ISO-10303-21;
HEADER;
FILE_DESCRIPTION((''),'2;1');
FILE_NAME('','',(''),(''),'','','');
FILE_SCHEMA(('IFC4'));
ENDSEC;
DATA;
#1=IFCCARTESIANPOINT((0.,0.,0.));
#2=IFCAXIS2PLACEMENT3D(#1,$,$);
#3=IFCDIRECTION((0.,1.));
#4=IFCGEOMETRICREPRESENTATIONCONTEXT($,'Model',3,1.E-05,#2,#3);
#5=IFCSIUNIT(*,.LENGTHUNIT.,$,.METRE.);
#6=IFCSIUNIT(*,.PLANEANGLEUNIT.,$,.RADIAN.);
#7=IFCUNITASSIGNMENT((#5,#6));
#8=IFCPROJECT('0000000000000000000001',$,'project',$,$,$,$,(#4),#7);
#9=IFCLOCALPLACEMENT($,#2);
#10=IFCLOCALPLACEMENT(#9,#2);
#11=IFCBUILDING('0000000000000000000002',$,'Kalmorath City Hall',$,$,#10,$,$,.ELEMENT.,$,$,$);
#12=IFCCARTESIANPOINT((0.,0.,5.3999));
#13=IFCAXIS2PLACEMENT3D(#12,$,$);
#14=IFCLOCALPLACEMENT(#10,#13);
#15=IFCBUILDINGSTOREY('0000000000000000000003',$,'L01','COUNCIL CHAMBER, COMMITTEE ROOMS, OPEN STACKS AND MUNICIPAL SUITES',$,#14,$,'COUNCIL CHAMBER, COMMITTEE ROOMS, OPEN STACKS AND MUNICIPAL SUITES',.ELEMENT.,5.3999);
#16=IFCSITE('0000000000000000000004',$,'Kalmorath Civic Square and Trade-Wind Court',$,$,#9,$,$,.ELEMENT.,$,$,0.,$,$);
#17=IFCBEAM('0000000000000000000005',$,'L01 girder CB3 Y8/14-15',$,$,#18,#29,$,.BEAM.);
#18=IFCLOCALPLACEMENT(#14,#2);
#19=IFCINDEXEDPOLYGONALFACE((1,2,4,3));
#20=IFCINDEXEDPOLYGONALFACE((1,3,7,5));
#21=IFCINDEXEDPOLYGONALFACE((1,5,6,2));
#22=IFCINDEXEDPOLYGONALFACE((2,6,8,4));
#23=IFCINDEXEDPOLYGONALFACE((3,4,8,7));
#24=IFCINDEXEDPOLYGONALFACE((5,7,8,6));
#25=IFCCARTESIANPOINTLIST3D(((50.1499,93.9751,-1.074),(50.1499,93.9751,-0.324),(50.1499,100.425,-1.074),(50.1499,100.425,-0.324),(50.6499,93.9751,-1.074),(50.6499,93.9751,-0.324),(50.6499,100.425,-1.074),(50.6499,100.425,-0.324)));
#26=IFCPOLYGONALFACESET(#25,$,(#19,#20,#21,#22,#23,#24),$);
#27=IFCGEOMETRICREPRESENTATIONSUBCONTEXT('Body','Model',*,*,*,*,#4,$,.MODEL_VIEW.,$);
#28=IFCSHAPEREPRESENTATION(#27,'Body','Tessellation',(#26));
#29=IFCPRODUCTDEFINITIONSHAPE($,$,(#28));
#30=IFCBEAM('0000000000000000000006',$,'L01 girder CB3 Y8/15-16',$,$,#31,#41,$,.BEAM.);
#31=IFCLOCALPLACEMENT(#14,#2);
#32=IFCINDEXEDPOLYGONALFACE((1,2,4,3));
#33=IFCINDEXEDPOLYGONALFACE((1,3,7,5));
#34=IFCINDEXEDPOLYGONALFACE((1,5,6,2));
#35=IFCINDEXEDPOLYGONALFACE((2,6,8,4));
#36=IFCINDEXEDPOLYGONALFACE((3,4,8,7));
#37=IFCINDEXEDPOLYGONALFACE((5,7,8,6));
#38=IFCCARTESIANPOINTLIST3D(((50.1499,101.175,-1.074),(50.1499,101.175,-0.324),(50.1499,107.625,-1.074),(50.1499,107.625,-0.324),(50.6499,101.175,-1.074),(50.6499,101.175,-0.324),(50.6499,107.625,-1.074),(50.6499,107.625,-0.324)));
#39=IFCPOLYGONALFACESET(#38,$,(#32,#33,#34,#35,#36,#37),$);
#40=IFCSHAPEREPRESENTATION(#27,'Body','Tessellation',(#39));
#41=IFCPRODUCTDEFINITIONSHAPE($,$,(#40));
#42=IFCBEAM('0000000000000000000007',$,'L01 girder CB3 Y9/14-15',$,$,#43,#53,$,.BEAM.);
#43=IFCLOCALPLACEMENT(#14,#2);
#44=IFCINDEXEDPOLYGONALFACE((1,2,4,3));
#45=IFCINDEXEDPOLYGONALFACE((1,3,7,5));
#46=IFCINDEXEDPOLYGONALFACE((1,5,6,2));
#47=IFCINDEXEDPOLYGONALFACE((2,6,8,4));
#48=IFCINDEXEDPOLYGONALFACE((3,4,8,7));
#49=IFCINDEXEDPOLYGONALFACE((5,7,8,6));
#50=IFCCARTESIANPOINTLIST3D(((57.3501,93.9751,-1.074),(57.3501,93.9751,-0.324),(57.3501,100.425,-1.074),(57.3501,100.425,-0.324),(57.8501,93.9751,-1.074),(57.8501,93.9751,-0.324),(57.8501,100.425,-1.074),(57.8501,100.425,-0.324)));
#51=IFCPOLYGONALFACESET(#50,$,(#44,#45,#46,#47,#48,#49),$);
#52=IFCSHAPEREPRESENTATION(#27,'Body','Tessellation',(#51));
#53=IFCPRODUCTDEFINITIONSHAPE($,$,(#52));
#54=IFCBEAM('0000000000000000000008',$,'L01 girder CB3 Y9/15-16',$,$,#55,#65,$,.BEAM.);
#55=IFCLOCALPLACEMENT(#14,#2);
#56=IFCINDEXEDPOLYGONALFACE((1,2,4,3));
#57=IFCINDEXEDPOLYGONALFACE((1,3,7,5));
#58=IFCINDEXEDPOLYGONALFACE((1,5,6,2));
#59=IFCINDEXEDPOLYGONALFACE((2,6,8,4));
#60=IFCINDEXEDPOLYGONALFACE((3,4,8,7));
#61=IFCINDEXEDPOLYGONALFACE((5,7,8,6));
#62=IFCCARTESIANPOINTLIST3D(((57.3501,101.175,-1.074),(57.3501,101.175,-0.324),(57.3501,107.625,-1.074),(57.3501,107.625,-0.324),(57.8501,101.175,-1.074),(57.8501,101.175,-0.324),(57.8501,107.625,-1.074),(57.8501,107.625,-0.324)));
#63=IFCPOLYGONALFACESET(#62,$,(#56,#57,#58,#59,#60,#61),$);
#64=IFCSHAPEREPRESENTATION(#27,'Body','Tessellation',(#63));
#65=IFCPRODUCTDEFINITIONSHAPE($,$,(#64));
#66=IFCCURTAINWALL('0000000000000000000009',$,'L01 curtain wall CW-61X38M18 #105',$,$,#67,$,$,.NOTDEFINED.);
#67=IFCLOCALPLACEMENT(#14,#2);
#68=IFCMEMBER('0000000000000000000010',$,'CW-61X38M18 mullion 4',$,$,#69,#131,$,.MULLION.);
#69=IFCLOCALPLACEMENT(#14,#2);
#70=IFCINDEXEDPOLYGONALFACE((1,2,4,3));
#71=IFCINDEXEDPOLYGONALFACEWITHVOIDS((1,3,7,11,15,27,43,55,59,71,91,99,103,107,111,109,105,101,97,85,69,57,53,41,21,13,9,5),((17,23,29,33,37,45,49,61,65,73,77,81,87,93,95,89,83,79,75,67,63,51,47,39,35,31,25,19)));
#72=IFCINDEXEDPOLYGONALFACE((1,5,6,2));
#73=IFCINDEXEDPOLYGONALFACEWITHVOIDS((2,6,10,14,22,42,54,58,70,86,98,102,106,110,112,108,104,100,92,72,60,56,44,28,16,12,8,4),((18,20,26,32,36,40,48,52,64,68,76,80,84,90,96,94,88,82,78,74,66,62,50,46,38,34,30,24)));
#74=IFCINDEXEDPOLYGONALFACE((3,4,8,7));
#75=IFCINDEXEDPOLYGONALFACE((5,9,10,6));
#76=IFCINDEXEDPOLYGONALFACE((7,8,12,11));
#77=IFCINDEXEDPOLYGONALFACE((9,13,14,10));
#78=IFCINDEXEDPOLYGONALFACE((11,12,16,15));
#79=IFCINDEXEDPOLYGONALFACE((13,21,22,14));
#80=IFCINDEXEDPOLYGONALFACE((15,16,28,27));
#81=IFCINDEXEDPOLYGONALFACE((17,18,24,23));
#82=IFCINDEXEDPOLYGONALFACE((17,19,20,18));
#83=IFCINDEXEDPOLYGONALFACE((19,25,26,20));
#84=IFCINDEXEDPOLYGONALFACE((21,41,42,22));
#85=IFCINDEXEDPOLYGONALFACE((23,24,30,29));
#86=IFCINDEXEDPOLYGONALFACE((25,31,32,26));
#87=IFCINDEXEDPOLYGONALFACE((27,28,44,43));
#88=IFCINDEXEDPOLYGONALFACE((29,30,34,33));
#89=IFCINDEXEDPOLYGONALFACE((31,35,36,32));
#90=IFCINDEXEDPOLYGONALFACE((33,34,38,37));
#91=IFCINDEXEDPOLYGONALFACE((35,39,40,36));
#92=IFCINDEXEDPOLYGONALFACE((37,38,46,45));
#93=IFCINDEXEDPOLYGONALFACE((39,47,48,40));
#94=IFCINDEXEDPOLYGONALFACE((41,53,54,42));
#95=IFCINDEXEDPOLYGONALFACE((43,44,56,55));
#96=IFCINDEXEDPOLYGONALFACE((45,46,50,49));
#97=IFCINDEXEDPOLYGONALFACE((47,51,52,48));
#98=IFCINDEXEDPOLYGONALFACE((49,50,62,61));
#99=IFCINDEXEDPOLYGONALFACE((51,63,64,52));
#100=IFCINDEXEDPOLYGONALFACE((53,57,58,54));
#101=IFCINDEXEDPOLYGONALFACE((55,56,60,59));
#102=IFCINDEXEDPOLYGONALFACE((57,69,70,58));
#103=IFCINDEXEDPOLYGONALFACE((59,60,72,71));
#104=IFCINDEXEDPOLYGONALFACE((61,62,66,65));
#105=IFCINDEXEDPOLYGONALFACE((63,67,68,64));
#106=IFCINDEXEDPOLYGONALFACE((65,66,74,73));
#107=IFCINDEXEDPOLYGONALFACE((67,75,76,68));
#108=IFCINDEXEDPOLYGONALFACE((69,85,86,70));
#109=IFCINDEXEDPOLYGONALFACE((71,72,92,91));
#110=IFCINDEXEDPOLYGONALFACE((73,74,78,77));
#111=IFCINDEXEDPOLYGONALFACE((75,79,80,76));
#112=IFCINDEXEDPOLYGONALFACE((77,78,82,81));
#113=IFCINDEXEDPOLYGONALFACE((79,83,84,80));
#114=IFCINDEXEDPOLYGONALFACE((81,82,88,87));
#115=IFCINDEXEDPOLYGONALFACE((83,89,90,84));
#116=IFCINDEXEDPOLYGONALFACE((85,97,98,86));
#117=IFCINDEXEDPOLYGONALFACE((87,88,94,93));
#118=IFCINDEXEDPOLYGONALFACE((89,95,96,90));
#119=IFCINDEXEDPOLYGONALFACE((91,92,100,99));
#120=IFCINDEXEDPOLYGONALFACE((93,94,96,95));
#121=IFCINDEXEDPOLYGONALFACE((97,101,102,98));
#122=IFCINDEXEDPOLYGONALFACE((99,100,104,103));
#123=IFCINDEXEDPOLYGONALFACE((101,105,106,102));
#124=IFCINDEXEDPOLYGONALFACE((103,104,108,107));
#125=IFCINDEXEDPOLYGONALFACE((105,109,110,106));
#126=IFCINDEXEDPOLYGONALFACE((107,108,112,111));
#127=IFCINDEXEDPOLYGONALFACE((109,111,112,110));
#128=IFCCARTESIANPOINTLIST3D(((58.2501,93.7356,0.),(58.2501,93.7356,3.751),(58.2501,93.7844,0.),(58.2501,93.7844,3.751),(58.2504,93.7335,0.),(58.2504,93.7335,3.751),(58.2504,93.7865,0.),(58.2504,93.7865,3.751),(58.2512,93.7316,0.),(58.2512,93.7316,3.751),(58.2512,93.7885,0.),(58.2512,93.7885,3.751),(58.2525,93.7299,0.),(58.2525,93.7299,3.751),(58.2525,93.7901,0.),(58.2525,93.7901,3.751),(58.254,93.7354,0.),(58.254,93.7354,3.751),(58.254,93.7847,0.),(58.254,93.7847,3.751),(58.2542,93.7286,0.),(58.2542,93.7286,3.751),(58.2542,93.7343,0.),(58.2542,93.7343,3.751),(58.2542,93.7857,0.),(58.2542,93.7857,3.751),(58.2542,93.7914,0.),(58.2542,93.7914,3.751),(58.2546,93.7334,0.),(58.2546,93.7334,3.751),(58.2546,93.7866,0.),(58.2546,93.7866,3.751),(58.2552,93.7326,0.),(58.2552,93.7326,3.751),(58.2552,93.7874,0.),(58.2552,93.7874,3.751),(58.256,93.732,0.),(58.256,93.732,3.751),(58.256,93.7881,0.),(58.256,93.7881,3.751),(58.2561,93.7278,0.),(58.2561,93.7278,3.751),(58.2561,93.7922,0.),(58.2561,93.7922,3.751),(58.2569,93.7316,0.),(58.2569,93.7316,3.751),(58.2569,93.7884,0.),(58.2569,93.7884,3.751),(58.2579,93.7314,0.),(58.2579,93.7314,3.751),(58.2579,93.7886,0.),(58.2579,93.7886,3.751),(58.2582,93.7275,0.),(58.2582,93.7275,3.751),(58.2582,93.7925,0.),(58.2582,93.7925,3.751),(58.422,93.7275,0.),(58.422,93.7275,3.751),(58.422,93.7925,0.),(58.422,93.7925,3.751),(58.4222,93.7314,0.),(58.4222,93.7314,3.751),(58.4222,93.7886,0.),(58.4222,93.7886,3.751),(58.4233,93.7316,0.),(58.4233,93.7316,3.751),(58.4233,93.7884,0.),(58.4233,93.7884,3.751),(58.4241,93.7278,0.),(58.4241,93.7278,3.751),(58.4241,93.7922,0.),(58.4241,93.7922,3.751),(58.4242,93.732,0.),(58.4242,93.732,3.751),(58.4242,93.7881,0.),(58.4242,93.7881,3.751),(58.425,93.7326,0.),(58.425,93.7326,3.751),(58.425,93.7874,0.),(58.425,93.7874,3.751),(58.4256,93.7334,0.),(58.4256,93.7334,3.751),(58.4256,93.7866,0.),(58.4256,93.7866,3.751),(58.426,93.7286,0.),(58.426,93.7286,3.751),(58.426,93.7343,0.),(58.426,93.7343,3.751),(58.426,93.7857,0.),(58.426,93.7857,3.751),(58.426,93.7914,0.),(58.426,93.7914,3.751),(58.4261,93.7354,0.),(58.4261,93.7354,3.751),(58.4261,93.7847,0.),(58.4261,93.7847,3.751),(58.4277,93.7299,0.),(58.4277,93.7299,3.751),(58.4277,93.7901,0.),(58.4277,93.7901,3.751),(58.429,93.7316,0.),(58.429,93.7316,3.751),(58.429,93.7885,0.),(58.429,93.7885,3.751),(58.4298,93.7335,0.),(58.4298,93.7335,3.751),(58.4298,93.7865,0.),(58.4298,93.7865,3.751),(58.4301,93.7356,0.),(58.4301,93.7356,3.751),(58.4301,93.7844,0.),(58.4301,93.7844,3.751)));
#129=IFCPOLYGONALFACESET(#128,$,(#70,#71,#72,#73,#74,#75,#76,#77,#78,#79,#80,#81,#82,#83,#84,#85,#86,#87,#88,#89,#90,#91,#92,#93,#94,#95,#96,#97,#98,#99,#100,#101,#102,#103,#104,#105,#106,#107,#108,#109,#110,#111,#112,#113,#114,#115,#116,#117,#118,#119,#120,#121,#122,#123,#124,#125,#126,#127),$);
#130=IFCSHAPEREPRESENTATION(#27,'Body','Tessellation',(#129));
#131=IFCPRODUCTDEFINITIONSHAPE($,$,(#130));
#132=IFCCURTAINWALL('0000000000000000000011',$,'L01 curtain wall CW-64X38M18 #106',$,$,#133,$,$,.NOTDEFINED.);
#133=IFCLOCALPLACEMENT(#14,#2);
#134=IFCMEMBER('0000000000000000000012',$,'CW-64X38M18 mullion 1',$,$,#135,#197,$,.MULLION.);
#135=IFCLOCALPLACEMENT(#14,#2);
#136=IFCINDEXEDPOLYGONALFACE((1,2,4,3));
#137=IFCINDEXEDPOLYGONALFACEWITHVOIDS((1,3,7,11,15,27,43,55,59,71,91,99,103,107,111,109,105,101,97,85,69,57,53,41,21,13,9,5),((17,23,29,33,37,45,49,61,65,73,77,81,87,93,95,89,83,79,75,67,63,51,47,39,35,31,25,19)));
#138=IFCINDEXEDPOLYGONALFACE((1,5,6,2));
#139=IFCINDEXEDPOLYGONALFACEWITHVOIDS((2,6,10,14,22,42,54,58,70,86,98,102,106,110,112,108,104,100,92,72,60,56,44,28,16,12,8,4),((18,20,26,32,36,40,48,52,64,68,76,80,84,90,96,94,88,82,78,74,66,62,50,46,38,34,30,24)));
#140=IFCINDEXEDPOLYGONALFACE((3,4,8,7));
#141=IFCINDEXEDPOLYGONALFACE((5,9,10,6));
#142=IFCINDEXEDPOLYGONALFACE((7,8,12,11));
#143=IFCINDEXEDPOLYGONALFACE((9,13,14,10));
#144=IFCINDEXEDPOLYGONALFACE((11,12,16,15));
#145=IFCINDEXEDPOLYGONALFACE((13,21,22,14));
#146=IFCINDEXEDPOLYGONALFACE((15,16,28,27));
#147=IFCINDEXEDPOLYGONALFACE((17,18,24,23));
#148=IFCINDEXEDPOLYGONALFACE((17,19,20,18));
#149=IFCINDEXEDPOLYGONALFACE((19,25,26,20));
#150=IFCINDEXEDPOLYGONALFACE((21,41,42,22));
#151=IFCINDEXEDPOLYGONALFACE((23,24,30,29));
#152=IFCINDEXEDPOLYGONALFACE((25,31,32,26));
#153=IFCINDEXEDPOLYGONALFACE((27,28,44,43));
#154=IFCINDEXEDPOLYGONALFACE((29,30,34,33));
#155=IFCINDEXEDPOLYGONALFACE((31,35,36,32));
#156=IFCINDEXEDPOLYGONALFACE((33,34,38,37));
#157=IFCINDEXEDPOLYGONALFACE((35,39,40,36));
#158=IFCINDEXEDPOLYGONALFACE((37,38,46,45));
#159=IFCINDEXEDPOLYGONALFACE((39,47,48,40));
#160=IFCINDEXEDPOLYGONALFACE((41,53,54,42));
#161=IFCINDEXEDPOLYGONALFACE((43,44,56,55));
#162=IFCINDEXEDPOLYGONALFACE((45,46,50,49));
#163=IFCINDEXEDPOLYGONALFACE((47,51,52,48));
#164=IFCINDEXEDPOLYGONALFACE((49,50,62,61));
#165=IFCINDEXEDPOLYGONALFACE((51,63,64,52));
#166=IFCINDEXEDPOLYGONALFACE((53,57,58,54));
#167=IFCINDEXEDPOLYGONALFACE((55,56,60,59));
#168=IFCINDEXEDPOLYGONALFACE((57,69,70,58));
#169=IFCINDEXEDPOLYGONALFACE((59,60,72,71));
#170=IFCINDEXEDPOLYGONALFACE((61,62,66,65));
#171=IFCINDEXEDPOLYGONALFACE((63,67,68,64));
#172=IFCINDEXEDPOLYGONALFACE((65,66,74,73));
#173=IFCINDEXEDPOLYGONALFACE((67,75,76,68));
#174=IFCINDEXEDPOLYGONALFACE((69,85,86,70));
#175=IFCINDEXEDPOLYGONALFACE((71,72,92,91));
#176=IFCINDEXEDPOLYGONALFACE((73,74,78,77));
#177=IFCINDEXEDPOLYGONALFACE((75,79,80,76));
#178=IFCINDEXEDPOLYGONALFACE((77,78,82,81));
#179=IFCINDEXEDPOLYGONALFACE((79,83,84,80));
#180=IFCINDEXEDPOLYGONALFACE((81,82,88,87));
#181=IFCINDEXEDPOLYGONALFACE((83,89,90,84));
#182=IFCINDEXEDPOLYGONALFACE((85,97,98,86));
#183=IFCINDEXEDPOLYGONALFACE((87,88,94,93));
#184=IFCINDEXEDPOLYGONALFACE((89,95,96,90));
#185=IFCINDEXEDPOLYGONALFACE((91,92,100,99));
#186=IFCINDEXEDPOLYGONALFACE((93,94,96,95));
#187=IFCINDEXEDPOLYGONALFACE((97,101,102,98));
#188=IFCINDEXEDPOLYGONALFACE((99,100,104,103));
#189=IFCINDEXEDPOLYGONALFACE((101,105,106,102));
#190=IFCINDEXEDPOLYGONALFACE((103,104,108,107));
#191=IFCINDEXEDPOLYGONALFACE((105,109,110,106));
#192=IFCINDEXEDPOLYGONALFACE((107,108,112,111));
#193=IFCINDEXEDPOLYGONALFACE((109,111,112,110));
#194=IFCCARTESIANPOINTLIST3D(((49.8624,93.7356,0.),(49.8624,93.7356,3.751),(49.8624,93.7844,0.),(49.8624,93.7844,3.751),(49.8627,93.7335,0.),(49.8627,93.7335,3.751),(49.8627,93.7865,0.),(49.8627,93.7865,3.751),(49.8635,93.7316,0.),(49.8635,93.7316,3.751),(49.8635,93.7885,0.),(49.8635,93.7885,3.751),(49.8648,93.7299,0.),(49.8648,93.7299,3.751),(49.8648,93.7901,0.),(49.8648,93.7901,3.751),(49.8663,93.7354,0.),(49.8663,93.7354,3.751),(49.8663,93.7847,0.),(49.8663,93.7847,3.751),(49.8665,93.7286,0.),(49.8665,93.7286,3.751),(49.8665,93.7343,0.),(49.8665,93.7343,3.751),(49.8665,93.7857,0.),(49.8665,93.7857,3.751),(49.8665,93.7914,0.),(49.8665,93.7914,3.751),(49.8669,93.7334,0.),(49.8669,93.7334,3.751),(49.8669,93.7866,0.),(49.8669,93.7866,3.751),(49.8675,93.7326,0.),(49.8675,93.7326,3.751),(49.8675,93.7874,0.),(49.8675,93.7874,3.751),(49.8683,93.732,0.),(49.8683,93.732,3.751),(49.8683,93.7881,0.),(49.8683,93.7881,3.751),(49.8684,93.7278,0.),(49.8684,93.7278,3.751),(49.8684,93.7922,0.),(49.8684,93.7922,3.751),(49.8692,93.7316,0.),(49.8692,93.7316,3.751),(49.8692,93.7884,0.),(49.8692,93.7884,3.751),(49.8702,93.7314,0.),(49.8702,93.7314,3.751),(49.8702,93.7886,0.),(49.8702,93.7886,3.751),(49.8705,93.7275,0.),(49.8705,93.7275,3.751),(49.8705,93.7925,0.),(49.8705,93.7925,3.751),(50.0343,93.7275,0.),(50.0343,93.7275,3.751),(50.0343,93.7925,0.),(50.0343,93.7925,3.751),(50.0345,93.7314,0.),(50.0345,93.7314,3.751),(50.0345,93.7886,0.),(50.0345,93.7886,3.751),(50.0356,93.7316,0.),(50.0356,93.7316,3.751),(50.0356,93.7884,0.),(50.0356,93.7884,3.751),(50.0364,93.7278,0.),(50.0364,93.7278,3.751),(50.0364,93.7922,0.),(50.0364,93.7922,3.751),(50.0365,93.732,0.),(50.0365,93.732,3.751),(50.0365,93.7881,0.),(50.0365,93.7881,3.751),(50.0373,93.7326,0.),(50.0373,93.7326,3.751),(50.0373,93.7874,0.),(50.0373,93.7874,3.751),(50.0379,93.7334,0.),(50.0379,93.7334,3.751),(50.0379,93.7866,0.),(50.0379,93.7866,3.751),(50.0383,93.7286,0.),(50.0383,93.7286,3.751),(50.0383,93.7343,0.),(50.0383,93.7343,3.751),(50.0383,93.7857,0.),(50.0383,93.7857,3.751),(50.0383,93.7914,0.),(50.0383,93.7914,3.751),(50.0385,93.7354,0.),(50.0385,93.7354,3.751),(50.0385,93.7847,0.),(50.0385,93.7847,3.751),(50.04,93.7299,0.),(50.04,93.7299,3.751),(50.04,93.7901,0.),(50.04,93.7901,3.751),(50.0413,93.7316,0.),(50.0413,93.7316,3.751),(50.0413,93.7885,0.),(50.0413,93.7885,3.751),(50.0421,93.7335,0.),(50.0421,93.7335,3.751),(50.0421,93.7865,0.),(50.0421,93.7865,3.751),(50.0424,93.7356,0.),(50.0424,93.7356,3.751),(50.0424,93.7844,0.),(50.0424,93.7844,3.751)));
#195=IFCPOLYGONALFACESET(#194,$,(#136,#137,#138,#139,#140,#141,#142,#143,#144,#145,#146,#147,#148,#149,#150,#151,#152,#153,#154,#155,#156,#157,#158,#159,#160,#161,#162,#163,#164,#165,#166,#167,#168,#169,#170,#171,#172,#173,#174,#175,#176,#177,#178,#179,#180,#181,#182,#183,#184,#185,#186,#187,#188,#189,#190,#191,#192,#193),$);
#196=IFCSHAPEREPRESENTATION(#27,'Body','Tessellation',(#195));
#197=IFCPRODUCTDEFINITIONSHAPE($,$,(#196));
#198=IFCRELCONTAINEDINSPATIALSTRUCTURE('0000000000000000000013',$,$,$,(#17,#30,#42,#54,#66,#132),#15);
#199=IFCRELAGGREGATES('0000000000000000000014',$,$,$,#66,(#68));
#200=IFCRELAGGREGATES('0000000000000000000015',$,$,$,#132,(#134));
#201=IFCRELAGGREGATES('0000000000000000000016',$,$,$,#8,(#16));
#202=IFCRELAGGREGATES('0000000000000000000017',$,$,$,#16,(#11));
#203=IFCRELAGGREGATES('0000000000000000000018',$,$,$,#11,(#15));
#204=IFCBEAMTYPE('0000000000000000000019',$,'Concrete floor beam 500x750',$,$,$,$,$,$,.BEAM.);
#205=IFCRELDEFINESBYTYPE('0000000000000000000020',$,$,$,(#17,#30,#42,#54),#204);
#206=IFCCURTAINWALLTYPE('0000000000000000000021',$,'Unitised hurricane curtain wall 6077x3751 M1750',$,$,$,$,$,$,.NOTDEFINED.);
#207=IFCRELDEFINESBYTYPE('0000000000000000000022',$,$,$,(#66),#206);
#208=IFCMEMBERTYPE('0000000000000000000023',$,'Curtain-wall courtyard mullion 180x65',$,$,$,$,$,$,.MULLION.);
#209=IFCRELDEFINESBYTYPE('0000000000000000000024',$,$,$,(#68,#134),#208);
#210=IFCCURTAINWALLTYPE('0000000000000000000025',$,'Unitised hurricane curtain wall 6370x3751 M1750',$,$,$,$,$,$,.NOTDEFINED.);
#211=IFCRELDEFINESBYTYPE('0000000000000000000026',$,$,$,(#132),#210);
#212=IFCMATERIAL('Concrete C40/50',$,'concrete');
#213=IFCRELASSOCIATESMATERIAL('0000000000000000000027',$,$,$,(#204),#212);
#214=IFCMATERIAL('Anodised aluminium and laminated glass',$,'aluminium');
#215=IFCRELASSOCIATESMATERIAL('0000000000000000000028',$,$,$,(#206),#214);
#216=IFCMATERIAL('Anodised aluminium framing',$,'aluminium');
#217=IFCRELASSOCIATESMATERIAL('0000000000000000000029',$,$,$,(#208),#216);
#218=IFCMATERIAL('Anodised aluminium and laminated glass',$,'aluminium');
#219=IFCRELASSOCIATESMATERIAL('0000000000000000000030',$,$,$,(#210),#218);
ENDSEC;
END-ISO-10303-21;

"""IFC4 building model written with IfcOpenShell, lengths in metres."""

from ifc_helpers import new_model, si_unit, direction, frame, origin, origin_2d, place, context, subcontext, project, spatial, rectangle, hollow_rectangle, extrude, material, material_profile, profile_set, type_object, element, aggregate, save


model = new_model("IFC4")

# Units and contexts
model_context = context("Model", 3, precision=1e-05, world=origin(), true_north=direction((0.0, 1.0)))
body_context = subcontext(model_context, "Body", "Model", "MODEL_VIEW")
ifc_project = project(units=[si_unit("LENGTHUNIT", "METRE"), si_unit("PLANEANGLEUNIT", "RADIAN")], contexts=[model_context])

# Site, building, storey
site_placement = place(None, origin())
site = spatial("IfcSite", under=ifc_project, at=site_placement, Name="Kalmorath Civic Square and Trade-Wind Court", CompositionType="ELEMENT", RefElevation=0.0)
building_placement = place(site_placement, origin())
building = spatial("IfcBuilding", under=site, at=building_placement, Name="Kalmorath City Hall", CompositionType="ELEMENT")
storey_placement = place(building_placement, frame((0.0, 0.0, 5.3999)))
storey = spatial("IfcBuildingStorey", under=building, at=storey_placement, Name="L01", Description="COUNCIL CHAMBER, COMMITTEE ROOMS, OPEN STACKS AND MUNICIPAL SUITES", LongName="COUNCIL CHAMBER, COMMITTEE ROOMS, OPEN STACKS AND MUNICIPAL SUITES", CompositionType="ELEMENT", Elevation=5.3999)

# Beams
ifc_material_1 = material(Name="Concrete C40/50", Category="concrete")
ifc_material_profile_1 = material_profile(ifc_material_1, rectangle(XDim=0.5, YDim=0.75, at=origin_2d()), Name="RC-BM-500X750")
ifc_profile_set_1 = profile_set([ifc_material_profile_1], Name="Concrete C40/50")
beam_type_1 = type_object("IfcBeamType", Name="Concrete floor beam 500x750", PredefinedType="BEAM", material=ifc_profile_set_1)
for number, where, z_axis, x_axis, name in (
    (1, (50.3999, 93.9751, -0.699), (0.0, 1.0, 0.0), (-1.0, 0.0, 0.0), "L01 girder CB3 Y8/14-15"),
    (2, (50.3999, 101.175, -0.699), (0.0, 1.0, 0.0), (-1.0, 0.0, 0.0), "L01 girder CB3 Y8/15-16"),
    (3, (57.6001, 93.9751, -0.699), (0.0, 1.0, 0.0), (-1.0, 0.0, 0.0), "L01 girder CB3 Y9/14-15"),
    (4, (57.6001, 101.175, -0.699), (0.0, 1.0, 0.0), (-1.0, 0.0, 0.0), "L01 girder CB3 Y9/15-16"),
):
    element("IfcBeam", number, at=place(storey_placement, frame(where, z_axis=z_axis, x_axis=x_axis)), inside=storey, type_object=beam_type_1, Name=name, PredefinedType="BEAM", context=body_context, shape_type="SweptSolid", body=[
        extrude(rectangle(XDim=0.5, YDim=0.75, at=origin_2d()), origin(), (0.0, 0.0, 1.0), 6.45),
    ])

# Curtain wall, member
ifc_material_2 = material(Name="Anodised aluminium and laminated glass", Category="aluminium")
curtain_wall_type_1 = type_object("IfcCurtainWallType", Name="Unitised hurricane curtain wall 6077x3751 M1750", PredefinedType="NOTDEFINED", material=ifc_material_2)
curtain_wall_1_placement = place(storey_placement, origin())
curtain_wall_1 = element("IfcCurtainWall", 5, at=curtain_wall_1_placement, inside=storey, type_object=curtain_wall_type_1, Name="L01 curtain wall CW-61X38M18 #105", PredefinedType="NOTDEFINED")
ifc_material_3 = material(Name="Anodised aluminium framing", Category="aluminium")
ifc_material_profile_2 = material_profile(ifc_material_3, hollow_rectangle(XDim=0.0649, YDim=0.1799, WallThickness=0.0039, InnerFilletRadius=0.0039, OuterFilletRadius=0.0081, at=origin_2d()), Name="ALU-MUL-180X65X4")
ifc_profile_set_2 = profile_set([ifc_material_profile_2], Name="Anodised aluminium framing")
member_type_1 = type_object("IfcMemberType", Name="Curtain-wall courtyard mullion 180x65", PredefinedType="MULLION", material=ifc_profile_set_2)
member_1_placement = place(storey_placement, frame((58.3401, 93.76, 0.0), z_axis=(0.0, 0.0, 1.0), x_axis=(0.0, -1.0, 0.0)))
member_1 = element("IfcMember", 6, at=member_1_placement, type_object=member_type_1, Name="CW-61X38M18 mullion 4", PredefinedType="MULLION", context=body_context, shape_type="SweptSolid", body=[
    extrude(hollow_rectangle(XDim=0.0649, YDim=0.1799, WallThickness=0.0039, InnerFilletRadius=0.0039, OuterFilletRadius=0.0081, at=origin_2d()), origin(), (0.0, 0.0, 1.0), 3.751),
])
aggregate(curtain_wall_1, [member_1])

# Curtain wall, member
ifc_material_4 = material(Name="Anodised aluminium and laminated glass", Category="aluminium")
curtain_wall_type_2 = type_object("IfcCurtainWallType", Name="Unitised hurricane curtain wall 6370x3751 M1750", PredefinedType="NOTDEFINED", material=ifc_material_4)
curtain_wall_2_placement = place(storey_placement, origin())
curtain_wall_2 = element("IfcCurtainWall", 7, at=curtain_wall_2_placement, inside=storey, type_object=curtain_wall_type_2, Name="L01 curtain wall CW-64X38M18 #106", PredefinedType="NOTDEFINED")
member_2_placement = place(storey_placement, frame((49.9524, 93.76, 0.0), z_axis=(0.0, 0.0, 1.0), x_axis=(0.0, -1.0, 0.0)))
member_2 = element("IfcMember", 8, at=member_2_placement, type_object=member_type_1, Name="CW-64X38M18 mullion 1", PredefinedType="MULLION", context=body_context, shape_type="SweptSolid", body=[
    extrude(hollow_rectangle(XDim=0.0649, YDim=0.1799, WallThickness=0.0039, InnerFilletRadius=0.0039, OuterFilletRadius=0.0081, at=origin_2d()), origin(), (0.0, 0.0, 1.0), 3.751),
])

aggregate(curtain_wall_2, [member_2])

save(model, "model.ifc")
